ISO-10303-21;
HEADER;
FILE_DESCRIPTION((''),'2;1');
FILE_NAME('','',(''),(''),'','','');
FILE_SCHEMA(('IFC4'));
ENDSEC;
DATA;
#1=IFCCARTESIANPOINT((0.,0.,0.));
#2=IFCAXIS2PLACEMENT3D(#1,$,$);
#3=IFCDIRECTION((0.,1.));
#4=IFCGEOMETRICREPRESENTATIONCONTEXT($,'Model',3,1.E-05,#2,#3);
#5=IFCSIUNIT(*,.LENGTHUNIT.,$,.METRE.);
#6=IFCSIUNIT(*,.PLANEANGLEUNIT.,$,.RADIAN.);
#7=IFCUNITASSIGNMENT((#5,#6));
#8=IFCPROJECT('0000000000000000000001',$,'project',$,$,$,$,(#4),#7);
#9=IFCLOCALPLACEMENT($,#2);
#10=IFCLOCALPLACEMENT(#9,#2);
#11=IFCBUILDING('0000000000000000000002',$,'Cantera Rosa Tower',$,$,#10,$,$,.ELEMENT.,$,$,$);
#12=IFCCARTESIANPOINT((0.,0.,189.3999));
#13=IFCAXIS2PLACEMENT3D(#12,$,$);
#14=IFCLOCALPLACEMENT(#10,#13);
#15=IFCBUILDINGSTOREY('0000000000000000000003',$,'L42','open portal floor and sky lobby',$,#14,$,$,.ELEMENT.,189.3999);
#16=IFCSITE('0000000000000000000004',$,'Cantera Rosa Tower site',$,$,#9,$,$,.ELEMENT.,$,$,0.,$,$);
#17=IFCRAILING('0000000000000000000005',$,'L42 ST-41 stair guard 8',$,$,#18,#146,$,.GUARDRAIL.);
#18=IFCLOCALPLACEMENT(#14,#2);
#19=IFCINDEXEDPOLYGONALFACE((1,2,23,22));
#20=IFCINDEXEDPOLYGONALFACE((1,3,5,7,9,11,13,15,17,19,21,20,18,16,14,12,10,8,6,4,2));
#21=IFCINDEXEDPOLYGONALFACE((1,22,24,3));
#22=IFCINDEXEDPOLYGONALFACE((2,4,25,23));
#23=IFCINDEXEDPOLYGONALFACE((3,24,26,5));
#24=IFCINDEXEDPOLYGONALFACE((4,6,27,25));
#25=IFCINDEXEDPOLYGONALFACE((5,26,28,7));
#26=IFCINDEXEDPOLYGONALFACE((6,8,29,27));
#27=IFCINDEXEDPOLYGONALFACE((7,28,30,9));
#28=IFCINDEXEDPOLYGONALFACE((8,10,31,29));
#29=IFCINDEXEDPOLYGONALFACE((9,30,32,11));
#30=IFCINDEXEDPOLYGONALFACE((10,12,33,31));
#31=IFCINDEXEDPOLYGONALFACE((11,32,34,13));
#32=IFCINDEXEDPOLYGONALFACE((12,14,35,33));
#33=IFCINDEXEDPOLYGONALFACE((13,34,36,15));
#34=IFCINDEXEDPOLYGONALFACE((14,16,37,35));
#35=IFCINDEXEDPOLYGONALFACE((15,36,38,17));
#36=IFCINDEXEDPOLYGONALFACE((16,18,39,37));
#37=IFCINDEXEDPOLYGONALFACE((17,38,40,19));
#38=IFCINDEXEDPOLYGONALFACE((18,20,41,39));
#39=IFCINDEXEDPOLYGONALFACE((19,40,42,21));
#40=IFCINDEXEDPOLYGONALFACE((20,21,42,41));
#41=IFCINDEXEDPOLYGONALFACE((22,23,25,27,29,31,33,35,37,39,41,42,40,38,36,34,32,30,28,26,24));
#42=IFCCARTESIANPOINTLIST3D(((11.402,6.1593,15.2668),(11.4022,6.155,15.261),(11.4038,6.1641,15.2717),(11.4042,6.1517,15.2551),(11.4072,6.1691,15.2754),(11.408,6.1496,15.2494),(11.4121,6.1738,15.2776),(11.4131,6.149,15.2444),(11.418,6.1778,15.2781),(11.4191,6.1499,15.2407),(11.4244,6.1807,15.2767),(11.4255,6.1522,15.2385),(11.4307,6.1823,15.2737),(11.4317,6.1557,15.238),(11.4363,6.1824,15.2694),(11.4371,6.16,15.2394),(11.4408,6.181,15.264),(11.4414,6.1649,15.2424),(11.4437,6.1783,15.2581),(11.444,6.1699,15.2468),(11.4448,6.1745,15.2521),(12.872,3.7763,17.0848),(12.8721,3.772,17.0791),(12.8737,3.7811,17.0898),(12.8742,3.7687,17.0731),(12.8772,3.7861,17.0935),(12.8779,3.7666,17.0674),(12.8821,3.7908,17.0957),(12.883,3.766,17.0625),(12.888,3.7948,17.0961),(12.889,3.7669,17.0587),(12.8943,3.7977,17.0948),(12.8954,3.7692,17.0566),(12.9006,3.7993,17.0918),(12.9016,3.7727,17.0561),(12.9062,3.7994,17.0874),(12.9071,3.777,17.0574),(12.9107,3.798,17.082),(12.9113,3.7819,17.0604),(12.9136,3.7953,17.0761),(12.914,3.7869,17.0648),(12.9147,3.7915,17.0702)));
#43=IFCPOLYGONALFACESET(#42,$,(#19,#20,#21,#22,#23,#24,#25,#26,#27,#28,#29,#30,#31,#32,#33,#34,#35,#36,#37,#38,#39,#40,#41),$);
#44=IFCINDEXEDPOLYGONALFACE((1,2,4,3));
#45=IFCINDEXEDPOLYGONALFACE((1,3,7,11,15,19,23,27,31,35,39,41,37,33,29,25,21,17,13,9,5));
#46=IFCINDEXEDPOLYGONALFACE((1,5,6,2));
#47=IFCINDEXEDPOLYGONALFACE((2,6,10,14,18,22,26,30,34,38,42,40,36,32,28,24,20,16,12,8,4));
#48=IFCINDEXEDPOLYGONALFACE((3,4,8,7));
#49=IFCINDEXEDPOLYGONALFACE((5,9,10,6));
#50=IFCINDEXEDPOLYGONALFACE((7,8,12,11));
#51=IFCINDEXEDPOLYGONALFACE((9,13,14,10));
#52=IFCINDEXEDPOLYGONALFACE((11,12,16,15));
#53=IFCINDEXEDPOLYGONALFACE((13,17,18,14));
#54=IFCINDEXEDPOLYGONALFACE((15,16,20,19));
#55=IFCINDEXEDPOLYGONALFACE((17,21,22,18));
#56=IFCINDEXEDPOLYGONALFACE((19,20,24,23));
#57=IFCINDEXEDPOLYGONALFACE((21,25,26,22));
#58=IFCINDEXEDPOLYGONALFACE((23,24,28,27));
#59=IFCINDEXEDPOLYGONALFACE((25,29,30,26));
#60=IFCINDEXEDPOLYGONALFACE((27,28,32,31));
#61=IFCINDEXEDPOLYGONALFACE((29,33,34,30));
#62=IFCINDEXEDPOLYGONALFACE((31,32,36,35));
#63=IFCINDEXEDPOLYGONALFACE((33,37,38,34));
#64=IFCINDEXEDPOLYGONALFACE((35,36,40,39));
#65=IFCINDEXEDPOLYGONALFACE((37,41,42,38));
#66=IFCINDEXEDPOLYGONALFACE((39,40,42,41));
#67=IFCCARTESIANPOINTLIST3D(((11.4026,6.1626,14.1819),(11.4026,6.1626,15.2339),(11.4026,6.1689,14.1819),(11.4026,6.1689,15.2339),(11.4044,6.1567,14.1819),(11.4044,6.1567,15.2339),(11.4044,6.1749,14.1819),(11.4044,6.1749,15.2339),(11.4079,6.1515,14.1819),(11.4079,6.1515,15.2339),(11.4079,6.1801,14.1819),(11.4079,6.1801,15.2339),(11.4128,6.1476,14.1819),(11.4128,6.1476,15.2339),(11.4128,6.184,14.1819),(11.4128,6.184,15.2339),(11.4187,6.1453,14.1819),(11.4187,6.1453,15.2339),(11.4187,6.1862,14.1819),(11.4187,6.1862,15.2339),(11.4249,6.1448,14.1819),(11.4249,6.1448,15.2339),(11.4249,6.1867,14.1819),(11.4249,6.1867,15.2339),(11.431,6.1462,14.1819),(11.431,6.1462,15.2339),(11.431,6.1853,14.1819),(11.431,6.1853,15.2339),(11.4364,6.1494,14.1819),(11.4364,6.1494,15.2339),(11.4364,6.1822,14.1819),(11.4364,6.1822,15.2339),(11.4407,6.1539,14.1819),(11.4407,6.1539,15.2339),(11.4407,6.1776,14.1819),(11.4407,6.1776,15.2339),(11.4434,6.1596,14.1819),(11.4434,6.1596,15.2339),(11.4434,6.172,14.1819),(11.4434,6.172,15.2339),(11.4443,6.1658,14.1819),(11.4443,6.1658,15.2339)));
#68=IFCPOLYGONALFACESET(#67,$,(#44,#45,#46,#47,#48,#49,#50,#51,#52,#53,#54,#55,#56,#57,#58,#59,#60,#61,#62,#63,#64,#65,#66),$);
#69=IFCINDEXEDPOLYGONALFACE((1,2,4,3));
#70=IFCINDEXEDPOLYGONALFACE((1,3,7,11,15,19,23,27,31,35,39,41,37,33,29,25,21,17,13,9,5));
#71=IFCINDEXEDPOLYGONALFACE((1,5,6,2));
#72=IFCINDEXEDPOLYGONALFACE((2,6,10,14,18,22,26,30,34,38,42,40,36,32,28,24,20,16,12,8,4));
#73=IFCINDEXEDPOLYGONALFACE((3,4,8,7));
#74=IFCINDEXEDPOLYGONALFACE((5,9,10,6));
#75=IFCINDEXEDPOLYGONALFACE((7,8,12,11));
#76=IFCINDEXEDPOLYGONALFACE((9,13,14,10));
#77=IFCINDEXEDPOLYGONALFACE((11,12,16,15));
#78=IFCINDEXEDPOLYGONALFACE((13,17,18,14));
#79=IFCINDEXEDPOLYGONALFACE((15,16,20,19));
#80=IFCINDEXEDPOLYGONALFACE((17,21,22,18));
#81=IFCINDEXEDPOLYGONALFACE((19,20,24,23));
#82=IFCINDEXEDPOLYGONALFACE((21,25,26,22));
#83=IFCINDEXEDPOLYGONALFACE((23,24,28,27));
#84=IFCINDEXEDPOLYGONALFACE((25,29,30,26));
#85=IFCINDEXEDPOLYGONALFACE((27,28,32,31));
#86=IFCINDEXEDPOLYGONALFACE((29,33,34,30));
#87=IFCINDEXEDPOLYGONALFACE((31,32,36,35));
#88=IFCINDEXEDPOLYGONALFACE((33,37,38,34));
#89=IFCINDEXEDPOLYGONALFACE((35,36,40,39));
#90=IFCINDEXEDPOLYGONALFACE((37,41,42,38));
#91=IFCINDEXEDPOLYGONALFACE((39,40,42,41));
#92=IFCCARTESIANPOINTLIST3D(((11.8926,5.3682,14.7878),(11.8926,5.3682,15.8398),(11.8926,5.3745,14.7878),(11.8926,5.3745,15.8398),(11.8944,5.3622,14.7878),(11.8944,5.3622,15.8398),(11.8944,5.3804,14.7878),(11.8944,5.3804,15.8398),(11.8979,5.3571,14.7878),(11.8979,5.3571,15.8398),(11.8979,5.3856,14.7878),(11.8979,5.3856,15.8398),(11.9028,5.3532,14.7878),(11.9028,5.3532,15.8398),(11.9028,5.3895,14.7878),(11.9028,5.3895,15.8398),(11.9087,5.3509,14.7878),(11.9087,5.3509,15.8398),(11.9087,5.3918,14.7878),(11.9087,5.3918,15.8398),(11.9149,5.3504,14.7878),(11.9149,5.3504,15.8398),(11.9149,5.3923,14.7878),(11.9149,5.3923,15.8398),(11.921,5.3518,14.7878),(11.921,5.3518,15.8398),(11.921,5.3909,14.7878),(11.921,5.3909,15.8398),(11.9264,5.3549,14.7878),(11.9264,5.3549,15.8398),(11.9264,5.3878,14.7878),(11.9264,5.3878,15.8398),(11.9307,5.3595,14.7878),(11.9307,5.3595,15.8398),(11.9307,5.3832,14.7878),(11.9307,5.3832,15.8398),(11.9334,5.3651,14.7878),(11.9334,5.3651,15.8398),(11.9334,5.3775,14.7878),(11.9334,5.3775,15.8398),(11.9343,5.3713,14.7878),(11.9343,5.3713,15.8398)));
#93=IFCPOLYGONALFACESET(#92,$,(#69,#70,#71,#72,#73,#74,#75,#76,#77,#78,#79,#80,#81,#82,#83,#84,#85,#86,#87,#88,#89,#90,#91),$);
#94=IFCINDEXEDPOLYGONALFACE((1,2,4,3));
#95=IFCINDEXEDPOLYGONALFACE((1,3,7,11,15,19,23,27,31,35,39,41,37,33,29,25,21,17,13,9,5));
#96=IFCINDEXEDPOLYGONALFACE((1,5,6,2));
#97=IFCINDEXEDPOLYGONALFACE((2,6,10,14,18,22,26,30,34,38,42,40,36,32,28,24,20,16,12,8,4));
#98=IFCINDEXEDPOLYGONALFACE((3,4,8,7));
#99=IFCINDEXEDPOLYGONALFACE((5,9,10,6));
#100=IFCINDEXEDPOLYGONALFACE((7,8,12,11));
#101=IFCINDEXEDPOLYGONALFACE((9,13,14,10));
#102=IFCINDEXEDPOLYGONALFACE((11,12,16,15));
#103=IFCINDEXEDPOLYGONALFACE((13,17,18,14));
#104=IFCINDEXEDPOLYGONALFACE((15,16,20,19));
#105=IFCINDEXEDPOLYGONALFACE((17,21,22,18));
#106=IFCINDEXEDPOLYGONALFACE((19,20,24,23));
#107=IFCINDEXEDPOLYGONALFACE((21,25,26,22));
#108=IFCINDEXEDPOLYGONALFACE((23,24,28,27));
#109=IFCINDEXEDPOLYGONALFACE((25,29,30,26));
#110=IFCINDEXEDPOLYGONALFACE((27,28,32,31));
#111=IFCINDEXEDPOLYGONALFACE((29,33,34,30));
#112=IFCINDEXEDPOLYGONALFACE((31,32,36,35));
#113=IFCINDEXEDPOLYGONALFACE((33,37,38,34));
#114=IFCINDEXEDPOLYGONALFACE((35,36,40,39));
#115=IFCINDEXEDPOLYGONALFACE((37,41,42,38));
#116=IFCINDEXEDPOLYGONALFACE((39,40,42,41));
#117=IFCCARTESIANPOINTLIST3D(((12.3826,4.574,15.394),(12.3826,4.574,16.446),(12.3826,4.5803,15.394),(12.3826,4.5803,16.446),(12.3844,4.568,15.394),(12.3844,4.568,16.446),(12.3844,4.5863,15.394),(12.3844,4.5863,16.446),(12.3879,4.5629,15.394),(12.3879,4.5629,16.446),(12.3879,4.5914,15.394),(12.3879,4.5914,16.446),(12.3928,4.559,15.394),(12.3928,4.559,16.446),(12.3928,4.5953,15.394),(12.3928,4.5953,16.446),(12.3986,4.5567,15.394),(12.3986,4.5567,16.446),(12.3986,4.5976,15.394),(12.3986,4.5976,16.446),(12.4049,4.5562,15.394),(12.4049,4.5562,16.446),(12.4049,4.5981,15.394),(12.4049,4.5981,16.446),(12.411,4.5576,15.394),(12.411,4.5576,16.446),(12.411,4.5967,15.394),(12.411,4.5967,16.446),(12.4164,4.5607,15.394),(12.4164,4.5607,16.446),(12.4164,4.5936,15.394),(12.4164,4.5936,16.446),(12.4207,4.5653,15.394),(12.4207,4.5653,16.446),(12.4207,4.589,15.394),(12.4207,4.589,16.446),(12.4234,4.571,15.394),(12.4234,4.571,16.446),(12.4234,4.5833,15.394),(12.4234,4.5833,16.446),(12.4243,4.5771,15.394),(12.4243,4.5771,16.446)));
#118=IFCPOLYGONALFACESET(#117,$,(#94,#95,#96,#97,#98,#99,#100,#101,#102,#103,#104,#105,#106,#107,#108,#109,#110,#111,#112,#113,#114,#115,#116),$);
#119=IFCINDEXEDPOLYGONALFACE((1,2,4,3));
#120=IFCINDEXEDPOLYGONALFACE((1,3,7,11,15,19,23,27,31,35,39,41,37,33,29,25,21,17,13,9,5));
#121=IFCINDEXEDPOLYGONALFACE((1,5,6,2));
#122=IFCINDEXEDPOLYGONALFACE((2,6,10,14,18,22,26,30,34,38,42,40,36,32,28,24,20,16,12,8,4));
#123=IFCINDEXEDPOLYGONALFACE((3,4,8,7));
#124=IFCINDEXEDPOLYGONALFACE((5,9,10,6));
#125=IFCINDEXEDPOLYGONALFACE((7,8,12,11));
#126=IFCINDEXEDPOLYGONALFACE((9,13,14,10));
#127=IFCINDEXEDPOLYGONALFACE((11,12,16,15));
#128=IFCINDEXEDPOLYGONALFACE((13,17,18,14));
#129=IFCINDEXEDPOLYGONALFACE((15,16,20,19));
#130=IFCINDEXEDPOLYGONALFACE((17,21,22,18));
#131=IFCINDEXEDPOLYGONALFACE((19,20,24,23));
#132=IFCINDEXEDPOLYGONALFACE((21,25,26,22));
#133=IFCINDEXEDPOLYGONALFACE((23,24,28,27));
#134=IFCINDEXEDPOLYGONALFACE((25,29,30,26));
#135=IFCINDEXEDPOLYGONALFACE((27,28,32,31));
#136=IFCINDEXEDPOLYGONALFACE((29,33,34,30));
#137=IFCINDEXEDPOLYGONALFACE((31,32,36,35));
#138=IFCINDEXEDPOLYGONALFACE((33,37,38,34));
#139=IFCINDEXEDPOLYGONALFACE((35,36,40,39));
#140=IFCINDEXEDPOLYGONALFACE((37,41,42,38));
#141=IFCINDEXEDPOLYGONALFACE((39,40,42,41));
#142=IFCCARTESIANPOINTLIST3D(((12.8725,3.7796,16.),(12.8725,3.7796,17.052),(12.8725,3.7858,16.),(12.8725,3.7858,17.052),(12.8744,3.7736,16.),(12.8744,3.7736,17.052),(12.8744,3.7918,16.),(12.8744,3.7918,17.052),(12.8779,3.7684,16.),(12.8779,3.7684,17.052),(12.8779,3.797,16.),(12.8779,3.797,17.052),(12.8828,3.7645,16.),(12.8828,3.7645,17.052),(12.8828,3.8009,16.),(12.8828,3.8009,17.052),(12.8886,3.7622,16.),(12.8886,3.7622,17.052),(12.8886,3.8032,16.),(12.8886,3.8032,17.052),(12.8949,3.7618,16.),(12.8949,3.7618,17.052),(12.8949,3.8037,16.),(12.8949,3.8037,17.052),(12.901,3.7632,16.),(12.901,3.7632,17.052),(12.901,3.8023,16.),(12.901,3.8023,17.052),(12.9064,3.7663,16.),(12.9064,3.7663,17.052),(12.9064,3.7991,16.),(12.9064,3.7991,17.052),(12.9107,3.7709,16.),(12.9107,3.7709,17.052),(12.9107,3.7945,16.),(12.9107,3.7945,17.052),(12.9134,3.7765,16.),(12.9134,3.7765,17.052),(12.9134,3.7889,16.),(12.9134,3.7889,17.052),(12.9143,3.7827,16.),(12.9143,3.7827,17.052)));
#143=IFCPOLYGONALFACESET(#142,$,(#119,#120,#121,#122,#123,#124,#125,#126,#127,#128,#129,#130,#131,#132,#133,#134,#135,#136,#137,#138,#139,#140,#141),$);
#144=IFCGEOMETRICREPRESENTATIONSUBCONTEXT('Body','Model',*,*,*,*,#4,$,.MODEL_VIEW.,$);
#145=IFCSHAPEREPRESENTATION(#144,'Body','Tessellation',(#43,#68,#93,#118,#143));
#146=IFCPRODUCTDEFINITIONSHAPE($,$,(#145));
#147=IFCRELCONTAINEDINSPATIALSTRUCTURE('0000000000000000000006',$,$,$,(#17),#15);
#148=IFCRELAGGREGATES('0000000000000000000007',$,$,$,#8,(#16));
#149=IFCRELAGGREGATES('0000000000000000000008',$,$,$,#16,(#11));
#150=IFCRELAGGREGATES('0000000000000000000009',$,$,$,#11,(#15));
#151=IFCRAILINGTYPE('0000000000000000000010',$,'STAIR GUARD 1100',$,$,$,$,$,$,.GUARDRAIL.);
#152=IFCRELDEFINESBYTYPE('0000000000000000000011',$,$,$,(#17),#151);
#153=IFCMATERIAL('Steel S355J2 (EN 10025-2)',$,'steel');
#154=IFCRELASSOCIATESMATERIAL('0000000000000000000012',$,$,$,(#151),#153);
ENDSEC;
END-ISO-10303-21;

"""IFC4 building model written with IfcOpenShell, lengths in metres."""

from ifc_helpers import new_model, si_unit, direction, frame, origin, origin_2d, place, context, subcontext, project, spatial, circle, extrude, material, type_object, element, save


model = new_model("IFC4")

# Units and contexts
model_context = context("Model", 3, precision=1e-05, world=origin(), true_north=direction((0.0, 1.0)))
body_context = subcontext(model_context, "Body", "Model", "MODEL_VIEW")
ifc_project = project(units=[si_unit("LENGTHUNIT", "METRE"), si_unit("PLANEANGLEUNIT", "RADIAN")], contexts=[model_context])

# Site, building, storey
site_placement = place(None, origin())
site = spatial("IfcSite", under=ifc_project, at=site_placement, Name="Cantera Rosa Tower site", CompositionType="ELEMENT", RefElevation=0.0)
building_placement = place(site_placement, origin())
building = spatial("IfcBuilding", under=site, at=building_placement, Name="Cantera Rosa Tower", CompositionType="ELEMENT")
storey_placement = place(building_placement, frame((0.0, 0.0, 189.3999)))
storey = spatial("IfcBuildingStorey", under=building, at=storey_placement, Name="L42", Description="open portal floor and sky lobby", CompositionType="ELEMENT", Elevation=189.3999)

# Railing
ifc_material_1 = material(Name="Steel S355J2 (EN 10025-2)", Category="steel")
railing_type_1 = type_object("IfcRailingType", Name="STAIR GUARD 1100", PredefinedType="GUARDRAIL", material=ifc_material_1)
railing_1_placement = place(storey_placement, frame((11.4233, 6.1658, 14.1819)))
element("IfcRailing", 1, at=railing_1_placement, inside=storey, type_object=railing_type_1, Name="L42 ST-41 stair guard 8", PredefinedType="GUARDRAIL", context=body_context, shape_type="SweptSolid", body=[
    extrude(circle(Radius=0.0239, at=origin_2d()), frame((0.0, 0.0, 1.0762), z_axis=(0.440314, -0.713819, 0.544597), x_axis=(0.851104, 0.524997, 0.0)), (0.0, 0.0, 1.0), 3.3384),
    extrude(circle(Radius=0.021, at=origin_2d()), origin(), (0.0, 0.0, 1.0), 1.052),
    extrude(circle(Radius=0.021, at=origin_2d()), frame((0.49, -0.7944, 0.606)), (0.0, 0.0, 1.0), 1.052),
    extrude(circle(Radius=0.021, at=origin_2d()), frame((0.98, -1.5886, 1.2122)), (0.0, 0.0, 1.0), 1.052),
    extrude(circle(Radius=0.021, at=origin_2d()), frame((1.47, -2.3831, 1.8181)), (0.0, 0.0, 1.0), 1.052),
])

save(model, "model.ifc")
